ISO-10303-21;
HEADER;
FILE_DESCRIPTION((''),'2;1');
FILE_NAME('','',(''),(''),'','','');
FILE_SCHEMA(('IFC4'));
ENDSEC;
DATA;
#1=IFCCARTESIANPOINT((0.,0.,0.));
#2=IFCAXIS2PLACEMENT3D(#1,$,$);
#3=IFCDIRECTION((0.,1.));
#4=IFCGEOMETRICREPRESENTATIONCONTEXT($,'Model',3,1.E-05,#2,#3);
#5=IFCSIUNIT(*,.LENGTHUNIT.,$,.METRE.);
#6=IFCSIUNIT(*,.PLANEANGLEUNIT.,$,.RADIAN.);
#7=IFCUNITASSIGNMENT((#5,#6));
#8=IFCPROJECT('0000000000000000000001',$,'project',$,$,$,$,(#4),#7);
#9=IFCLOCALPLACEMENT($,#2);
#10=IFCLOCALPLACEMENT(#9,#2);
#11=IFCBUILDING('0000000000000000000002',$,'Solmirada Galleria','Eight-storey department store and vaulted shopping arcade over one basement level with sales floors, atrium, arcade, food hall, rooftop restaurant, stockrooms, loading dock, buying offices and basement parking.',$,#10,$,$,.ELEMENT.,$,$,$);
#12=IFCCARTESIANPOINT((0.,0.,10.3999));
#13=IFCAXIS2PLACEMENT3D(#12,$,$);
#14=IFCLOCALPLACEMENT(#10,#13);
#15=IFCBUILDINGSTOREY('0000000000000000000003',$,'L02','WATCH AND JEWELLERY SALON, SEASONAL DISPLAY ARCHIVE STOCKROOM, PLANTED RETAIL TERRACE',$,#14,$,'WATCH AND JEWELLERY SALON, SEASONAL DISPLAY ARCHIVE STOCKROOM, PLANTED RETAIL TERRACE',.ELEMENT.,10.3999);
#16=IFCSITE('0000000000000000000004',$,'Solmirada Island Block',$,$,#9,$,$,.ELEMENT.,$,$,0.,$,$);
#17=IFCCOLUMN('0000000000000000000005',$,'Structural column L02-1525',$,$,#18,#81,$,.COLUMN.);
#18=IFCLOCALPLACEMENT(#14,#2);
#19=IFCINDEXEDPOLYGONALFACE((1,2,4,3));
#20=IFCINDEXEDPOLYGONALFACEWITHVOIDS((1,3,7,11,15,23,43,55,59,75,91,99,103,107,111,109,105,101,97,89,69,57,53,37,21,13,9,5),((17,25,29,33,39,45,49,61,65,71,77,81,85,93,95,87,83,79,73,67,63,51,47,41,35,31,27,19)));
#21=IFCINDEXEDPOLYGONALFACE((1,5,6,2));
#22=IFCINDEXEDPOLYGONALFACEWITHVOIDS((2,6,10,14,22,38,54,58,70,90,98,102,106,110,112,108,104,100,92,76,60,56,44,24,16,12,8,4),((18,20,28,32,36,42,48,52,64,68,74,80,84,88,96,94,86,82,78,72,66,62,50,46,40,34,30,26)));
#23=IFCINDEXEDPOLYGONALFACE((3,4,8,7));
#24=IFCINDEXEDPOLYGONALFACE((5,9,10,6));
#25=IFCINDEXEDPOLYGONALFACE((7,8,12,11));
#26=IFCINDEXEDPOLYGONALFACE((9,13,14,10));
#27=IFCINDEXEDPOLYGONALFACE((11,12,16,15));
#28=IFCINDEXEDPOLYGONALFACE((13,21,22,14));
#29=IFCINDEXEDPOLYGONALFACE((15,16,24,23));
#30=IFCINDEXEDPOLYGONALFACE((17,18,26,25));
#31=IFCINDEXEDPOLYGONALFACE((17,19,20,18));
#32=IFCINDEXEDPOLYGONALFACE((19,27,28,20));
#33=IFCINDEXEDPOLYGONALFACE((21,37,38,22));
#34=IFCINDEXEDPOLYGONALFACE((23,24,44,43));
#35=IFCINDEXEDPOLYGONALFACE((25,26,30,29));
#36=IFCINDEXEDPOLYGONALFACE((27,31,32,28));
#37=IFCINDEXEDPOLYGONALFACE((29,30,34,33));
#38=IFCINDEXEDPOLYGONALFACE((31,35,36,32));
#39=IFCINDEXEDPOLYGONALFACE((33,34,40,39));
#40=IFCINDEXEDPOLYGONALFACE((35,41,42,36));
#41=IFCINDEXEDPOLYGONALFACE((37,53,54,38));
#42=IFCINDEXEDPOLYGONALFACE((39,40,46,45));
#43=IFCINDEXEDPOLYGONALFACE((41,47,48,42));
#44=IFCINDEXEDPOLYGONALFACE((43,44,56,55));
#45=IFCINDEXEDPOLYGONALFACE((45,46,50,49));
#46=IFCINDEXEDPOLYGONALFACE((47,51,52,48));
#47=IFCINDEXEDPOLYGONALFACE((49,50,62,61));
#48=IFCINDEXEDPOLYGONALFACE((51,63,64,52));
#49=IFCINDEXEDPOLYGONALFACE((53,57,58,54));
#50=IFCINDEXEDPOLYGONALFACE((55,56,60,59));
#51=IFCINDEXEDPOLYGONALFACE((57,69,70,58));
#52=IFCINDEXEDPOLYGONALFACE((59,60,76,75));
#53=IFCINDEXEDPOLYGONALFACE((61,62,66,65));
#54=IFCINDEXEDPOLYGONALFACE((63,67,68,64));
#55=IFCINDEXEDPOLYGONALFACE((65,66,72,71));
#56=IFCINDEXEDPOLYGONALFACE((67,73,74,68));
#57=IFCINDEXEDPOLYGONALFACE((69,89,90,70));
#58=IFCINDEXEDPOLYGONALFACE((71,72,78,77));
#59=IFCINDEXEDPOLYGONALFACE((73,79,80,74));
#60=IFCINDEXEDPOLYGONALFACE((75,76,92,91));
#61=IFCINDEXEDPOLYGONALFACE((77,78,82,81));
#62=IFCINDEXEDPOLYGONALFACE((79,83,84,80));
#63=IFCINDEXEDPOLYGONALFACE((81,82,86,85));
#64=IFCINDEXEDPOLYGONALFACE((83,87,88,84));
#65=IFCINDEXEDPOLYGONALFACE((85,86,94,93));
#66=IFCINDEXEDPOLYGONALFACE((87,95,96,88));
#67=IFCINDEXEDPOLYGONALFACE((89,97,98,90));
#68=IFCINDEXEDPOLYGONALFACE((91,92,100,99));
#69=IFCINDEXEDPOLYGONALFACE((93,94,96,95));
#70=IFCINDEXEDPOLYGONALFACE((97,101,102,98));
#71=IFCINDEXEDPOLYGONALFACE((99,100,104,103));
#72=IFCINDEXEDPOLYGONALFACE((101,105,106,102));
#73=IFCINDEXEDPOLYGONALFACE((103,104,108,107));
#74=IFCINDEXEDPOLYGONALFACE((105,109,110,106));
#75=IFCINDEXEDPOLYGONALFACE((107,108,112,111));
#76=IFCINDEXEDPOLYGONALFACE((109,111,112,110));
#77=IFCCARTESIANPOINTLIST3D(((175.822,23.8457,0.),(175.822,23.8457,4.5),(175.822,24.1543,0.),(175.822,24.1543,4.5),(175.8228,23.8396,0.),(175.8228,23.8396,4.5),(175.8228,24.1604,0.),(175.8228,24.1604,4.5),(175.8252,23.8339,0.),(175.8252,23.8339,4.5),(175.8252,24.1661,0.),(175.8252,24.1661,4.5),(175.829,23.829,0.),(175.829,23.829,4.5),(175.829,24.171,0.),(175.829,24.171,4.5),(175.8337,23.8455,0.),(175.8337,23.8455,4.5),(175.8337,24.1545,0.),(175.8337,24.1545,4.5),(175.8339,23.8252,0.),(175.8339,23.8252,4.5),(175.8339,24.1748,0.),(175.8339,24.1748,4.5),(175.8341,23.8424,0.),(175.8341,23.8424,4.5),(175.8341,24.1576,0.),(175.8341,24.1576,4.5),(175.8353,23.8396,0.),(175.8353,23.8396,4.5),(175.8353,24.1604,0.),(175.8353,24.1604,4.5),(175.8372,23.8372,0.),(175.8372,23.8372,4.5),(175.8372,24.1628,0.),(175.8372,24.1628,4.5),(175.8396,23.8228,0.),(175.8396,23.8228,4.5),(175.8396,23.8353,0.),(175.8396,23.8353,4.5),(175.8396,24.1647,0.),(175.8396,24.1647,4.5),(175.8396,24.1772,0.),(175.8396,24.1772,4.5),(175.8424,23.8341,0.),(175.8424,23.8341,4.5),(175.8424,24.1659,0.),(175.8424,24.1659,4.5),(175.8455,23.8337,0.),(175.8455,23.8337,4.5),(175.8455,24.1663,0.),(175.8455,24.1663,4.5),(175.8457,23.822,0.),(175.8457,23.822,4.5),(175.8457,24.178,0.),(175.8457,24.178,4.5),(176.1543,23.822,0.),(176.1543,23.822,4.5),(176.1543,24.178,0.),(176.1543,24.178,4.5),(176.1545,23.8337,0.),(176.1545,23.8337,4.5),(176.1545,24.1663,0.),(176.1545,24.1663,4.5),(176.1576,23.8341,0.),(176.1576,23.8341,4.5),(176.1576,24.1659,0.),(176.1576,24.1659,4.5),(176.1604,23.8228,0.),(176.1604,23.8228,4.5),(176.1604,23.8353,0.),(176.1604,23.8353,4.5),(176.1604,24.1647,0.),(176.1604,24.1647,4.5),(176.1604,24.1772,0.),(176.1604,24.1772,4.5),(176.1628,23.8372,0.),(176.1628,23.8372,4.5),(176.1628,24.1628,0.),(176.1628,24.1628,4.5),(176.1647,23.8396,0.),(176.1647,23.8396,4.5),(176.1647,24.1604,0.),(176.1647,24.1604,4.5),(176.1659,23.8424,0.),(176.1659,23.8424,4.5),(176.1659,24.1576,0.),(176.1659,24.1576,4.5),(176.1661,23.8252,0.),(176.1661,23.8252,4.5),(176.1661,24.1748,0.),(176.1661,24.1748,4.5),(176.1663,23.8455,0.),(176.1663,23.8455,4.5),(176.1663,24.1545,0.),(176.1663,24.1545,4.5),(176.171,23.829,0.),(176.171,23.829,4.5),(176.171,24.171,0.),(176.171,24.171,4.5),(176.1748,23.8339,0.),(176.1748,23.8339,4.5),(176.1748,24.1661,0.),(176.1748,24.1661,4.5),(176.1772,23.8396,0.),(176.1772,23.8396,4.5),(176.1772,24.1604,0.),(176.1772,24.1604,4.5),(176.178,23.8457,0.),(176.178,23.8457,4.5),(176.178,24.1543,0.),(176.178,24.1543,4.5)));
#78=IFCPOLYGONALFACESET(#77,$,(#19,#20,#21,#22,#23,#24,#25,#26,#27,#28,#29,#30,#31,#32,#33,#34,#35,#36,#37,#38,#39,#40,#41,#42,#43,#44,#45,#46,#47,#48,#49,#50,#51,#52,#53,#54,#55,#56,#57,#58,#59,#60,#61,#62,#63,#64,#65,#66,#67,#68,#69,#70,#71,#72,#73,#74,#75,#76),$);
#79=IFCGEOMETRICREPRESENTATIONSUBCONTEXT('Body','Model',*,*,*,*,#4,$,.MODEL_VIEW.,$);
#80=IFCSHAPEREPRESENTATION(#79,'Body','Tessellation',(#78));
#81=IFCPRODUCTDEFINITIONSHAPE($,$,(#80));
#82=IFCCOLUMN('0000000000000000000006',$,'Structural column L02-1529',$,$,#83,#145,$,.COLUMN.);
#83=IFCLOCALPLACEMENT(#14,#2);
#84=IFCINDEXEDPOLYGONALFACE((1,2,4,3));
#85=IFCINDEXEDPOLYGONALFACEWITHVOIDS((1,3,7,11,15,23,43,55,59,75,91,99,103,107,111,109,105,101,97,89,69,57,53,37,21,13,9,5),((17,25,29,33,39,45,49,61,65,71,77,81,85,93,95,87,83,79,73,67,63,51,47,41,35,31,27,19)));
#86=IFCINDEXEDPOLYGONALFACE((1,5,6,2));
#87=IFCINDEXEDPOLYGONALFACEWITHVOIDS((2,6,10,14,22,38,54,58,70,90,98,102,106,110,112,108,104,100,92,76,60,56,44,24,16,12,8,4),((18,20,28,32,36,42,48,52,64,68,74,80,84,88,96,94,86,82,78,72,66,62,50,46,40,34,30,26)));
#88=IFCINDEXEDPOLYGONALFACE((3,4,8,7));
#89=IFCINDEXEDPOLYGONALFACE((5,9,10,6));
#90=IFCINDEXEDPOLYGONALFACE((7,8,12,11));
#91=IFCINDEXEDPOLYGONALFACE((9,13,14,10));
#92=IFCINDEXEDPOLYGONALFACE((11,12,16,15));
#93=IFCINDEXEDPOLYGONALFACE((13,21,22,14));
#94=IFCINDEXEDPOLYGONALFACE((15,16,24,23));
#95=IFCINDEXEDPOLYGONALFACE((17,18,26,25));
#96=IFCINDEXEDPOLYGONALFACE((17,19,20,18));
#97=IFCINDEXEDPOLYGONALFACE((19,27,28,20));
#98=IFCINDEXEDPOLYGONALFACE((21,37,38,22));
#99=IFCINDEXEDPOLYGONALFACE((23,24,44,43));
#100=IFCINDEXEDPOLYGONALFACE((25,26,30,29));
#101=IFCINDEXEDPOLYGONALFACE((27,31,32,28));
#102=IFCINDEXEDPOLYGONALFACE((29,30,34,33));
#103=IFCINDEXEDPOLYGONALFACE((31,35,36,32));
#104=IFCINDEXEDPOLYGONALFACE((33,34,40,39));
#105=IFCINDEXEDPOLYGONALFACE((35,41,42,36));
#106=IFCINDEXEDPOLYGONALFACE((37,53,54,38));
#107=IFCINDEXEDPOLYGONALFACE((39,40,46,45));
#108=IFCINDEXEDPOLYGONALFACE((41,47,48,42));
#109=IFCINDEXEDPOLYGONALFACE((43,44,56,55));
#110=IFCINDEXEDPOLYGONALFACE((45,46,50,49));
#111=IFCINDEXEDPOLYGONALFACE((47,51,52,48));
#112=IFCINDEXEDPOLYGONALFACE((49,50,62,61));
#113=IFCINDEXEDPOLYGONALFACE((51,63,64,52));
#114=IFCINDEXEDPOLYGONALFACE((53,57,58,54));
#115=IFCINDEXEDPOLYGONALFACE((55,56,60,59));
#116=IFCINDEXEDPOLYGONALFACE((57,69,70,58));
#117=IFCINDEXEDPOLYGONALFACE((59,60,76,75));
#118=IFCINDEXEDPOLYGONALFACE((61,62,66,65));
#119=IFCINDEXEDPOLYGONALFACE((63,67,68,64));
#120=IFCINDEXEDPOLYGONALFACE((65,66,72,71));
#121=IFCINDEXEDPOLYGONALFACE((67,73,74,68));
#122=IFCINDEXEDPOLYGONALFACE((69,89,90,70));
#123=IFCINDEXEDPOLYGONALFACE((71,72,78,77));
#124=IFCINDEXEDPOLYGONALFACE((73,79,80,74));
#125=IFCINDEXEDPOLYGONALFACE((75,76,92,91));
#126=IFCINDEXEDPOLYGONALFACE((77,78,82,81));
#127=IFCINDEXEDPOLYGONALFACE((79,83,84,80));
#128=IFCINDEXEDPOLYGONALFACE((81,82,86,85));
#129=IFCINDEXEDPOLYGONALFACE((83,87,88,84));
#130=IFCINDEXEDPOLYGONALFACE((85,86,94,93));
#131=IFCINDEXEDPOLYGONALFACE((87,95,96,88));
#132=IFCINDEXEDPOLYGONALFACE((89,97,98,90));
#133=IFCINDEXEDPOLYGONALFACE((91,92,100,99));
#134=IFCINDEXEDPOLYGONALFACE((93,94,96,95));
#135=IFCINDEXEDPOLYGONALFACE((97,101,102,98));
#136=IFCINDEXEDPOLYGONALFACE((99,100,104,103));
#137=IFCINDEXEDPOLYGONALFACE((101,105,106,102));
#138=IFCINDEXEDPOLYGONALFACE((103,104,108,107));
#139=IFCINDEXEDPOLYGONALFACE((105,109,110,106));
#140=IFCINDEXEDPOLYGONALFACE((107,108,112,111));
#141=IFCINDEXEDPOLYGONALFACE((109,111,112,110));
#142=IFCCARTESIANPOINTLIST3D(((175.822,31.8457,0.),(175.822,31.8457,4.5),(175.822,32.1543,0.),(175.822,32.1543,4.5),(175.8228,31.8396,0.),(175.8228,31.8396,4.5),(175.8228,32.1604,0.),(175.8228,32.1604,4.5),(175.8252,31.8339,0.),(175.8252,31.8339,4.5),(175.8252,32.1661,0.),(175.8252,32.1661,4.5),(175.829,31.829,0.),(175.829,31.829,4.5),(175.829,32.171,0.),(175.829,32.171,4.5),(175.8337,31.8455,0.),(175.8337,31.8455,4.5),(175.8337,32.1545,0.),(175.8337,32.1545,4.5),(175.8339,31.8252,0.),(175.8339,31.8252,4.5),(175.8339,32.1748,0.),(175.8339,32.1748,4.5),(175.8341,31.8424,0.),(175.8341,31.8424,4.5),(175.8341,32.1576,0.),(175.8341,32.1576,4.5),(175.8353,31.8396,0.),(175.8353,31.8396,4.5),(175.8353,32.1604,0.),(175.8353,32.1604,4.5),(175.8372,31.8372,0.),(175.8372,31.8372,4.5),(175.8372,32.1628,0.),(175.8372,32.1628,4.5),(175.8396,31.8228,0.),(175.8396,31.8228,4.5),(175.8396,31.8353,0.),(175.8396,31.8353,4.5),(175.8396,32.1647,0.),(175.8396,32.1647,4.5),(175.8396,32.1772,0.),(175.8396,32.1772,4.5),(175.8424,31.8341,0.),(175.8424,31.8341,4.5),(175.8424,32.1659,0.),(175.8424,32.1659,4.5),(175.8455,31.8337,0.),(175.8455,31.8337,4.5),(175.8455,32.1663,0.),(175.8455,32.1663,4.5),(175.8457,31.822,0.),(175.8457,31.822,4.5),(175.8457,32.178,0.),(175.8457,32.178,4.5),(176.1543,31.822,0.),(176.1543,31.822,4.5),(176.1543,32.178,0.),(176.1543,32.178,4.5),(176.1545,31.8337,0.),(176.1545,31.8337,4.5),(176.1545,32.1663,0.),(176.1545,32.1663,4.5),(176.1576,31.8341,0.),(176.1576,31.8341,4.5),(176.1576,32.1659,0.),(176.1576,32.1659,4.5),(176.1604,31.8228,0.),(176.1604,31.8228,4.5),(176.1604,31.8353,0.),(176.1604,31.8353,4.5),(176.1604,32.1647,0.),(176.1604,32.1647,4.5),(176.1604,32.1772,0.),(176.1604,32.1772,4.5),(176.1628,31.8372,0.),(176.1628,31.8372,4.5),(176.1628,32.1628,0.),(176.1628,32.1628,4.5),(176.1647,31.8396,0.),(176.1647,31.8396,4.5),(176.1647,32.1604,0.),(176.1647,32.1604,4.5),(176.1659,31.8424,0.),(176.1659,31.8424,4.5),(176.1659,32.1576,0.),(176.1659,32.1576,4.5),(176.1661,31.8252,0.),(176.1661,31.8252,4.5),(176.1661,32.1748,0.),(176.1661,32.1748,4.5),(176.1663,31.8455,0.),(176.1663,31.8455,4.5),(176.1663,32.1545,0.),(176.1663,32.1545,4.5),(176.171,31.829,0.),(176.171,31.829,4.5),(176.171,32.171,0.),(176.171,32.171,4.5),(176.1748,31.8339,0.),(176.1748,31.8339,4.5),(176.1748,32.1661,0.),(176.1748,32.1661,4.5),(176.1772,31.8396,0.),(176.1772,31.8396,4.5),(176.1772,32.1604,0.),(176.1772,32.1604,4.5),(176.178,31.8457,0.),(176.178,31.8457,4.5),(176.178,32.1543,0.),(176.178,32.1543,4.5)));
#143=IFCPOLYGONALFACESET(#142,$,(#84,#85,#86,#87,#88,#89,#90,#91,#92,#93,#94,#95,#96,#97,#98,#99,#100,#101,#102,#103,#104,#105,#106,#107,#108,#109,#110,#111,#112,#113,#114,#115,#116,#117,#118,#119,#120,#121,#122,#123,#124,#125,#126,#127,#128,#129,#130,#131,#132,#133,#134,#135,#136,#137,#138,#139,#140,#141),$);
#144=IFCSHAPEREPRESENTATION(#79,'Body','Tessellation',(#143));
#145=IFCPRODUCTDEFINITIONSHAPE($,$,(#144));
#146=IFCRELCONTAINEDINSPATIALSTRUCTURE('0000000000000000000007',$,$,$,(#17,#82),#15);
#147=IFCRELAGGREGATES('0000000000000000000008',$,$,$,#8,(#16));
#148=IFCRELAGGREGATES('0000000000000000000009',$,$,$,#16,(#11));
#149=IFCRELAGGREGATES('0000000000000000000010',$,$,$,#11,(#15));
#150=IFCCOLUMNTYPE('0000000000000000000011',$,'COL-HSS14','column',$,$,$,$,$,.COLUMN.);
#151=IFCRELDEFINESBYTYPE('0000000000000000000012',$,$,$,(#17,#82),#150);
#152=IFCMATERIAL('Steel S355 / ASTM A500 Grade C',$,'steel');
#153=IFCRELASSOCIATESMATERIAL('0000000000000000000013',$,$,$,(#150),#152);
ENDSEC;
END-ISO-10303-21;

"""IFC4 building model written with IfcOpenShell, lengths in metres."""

from ifc_helpers import new_model, si_unit, direction, frame, origin, origin_2d, place, context, subcontext, project, spatial, hollow_rectangle, extrude, material, material_profile, profile_set, type_object, element, save


model = new_model("IFC4")

# Units and contexts
model_context = context("Model", 3, precision=1e-05, world=origin(), true_north=direction((0.0, 1.0)))
body_context = subcontext(model_context, "Body", "Model", "MODEL_VIEW")
ifc_project = project(units=[si_unit("LENGTHUNIT", "METRE"), si_unit("PLANEANGLEUNIT", "RADIAN")], contexts=[model_context])

# Site, building, storey
site_placement = place(None, origin())
site = spatial("IfcSite", under=ifc_project, at=site_placement, Name="Solmirada Island Block", CompositionType="ELEMENT", RefElevation=0.0)
building_placement = place(site_placement, origin())
building = spatial("IfcBuilding", under=site, at=building_placement, Name="Solmirada Galleria", Description="Eight-storey department store and vaulted shopping arcade over one basement level with sales floors, atrium, arcade, food hall, rooftop restaurant, stockrooms, loading dock, buying offices and basement parking.", CompositionType="ELEMENT")
storey_placement = place(building_placement, frame((0.0, 0.0, 10.3999)))
storey = spatial("IfcBuildingStorey", under=building, at=storey_placement, Name="L02", Description="WATCH AND JEWELLERY SALON, SEASONAL DISPLAY ARCHIVE STOCKROOM, PLANTED RETAIL TERRACE", LongName="WATCH AND JEWELLERY SALON, SEASONAL DISPLAY ARCHIVE STOCKROOM, PLANTED RETAIL TERRACE", CompositionType="ELEMENT", Elevation=10.3999)

# Columns
ifc_material_1 = material(Name="Steel S355 / ASTM A500 Grade C", Category="steel")
ifc_material_profile_1 = material_profile(ifc_material_1, hollow_rectangle(XDim=0.356, YDim=0.356, WallThickness=0.0117, InnerFilletRadius=0.0117, OuterFilletRadius=0.0237, at=origin_2d()), Name="HSS14X14X1/2")
ifc_profile_set_1 = profile_set([ifc_material_profile_1], Name="Steel S355 / ASTM A500 Grade C")
column_type = type_object("IfcColumnType", Name="COL-HSS14", Description="column", PredefinedType="COLUMN", material=ifc_profile_set_1)
for number, where, z_axis, x_axis, name in (
    (1, (176.0, 24.0, 0.0), (0.0, 0.0, 1.0), (1.0, 0.0, 0.0), "Structural column L02-1525"),
    (2, (176.0, 32.0, 0.0), (0.0, 0.0, 1.0), (1.0, 0.0, 0.0), "Structural column L02-1529"),
):
    element("IfcColumn", number, at=place(storey_placement, frame(where, z_axis=z_axis, x_axis=x_axis)), inside=storey, type_object=column_type, Name=name, PredefinedType="COLUMN", context=body_context, shape_type="SweptSolid", body=[
        extrude(hollow_rectangle(XDim=0.356, YDim=0.356, WallThickness=0.0117, InnerFilletRadius=0.0117, OuterFilletRadius=0.0237, at=origin_2d()), origin(), (0.0, 0.0, 1.0), 4.5),
    ])

save(model, "model.ifc")
